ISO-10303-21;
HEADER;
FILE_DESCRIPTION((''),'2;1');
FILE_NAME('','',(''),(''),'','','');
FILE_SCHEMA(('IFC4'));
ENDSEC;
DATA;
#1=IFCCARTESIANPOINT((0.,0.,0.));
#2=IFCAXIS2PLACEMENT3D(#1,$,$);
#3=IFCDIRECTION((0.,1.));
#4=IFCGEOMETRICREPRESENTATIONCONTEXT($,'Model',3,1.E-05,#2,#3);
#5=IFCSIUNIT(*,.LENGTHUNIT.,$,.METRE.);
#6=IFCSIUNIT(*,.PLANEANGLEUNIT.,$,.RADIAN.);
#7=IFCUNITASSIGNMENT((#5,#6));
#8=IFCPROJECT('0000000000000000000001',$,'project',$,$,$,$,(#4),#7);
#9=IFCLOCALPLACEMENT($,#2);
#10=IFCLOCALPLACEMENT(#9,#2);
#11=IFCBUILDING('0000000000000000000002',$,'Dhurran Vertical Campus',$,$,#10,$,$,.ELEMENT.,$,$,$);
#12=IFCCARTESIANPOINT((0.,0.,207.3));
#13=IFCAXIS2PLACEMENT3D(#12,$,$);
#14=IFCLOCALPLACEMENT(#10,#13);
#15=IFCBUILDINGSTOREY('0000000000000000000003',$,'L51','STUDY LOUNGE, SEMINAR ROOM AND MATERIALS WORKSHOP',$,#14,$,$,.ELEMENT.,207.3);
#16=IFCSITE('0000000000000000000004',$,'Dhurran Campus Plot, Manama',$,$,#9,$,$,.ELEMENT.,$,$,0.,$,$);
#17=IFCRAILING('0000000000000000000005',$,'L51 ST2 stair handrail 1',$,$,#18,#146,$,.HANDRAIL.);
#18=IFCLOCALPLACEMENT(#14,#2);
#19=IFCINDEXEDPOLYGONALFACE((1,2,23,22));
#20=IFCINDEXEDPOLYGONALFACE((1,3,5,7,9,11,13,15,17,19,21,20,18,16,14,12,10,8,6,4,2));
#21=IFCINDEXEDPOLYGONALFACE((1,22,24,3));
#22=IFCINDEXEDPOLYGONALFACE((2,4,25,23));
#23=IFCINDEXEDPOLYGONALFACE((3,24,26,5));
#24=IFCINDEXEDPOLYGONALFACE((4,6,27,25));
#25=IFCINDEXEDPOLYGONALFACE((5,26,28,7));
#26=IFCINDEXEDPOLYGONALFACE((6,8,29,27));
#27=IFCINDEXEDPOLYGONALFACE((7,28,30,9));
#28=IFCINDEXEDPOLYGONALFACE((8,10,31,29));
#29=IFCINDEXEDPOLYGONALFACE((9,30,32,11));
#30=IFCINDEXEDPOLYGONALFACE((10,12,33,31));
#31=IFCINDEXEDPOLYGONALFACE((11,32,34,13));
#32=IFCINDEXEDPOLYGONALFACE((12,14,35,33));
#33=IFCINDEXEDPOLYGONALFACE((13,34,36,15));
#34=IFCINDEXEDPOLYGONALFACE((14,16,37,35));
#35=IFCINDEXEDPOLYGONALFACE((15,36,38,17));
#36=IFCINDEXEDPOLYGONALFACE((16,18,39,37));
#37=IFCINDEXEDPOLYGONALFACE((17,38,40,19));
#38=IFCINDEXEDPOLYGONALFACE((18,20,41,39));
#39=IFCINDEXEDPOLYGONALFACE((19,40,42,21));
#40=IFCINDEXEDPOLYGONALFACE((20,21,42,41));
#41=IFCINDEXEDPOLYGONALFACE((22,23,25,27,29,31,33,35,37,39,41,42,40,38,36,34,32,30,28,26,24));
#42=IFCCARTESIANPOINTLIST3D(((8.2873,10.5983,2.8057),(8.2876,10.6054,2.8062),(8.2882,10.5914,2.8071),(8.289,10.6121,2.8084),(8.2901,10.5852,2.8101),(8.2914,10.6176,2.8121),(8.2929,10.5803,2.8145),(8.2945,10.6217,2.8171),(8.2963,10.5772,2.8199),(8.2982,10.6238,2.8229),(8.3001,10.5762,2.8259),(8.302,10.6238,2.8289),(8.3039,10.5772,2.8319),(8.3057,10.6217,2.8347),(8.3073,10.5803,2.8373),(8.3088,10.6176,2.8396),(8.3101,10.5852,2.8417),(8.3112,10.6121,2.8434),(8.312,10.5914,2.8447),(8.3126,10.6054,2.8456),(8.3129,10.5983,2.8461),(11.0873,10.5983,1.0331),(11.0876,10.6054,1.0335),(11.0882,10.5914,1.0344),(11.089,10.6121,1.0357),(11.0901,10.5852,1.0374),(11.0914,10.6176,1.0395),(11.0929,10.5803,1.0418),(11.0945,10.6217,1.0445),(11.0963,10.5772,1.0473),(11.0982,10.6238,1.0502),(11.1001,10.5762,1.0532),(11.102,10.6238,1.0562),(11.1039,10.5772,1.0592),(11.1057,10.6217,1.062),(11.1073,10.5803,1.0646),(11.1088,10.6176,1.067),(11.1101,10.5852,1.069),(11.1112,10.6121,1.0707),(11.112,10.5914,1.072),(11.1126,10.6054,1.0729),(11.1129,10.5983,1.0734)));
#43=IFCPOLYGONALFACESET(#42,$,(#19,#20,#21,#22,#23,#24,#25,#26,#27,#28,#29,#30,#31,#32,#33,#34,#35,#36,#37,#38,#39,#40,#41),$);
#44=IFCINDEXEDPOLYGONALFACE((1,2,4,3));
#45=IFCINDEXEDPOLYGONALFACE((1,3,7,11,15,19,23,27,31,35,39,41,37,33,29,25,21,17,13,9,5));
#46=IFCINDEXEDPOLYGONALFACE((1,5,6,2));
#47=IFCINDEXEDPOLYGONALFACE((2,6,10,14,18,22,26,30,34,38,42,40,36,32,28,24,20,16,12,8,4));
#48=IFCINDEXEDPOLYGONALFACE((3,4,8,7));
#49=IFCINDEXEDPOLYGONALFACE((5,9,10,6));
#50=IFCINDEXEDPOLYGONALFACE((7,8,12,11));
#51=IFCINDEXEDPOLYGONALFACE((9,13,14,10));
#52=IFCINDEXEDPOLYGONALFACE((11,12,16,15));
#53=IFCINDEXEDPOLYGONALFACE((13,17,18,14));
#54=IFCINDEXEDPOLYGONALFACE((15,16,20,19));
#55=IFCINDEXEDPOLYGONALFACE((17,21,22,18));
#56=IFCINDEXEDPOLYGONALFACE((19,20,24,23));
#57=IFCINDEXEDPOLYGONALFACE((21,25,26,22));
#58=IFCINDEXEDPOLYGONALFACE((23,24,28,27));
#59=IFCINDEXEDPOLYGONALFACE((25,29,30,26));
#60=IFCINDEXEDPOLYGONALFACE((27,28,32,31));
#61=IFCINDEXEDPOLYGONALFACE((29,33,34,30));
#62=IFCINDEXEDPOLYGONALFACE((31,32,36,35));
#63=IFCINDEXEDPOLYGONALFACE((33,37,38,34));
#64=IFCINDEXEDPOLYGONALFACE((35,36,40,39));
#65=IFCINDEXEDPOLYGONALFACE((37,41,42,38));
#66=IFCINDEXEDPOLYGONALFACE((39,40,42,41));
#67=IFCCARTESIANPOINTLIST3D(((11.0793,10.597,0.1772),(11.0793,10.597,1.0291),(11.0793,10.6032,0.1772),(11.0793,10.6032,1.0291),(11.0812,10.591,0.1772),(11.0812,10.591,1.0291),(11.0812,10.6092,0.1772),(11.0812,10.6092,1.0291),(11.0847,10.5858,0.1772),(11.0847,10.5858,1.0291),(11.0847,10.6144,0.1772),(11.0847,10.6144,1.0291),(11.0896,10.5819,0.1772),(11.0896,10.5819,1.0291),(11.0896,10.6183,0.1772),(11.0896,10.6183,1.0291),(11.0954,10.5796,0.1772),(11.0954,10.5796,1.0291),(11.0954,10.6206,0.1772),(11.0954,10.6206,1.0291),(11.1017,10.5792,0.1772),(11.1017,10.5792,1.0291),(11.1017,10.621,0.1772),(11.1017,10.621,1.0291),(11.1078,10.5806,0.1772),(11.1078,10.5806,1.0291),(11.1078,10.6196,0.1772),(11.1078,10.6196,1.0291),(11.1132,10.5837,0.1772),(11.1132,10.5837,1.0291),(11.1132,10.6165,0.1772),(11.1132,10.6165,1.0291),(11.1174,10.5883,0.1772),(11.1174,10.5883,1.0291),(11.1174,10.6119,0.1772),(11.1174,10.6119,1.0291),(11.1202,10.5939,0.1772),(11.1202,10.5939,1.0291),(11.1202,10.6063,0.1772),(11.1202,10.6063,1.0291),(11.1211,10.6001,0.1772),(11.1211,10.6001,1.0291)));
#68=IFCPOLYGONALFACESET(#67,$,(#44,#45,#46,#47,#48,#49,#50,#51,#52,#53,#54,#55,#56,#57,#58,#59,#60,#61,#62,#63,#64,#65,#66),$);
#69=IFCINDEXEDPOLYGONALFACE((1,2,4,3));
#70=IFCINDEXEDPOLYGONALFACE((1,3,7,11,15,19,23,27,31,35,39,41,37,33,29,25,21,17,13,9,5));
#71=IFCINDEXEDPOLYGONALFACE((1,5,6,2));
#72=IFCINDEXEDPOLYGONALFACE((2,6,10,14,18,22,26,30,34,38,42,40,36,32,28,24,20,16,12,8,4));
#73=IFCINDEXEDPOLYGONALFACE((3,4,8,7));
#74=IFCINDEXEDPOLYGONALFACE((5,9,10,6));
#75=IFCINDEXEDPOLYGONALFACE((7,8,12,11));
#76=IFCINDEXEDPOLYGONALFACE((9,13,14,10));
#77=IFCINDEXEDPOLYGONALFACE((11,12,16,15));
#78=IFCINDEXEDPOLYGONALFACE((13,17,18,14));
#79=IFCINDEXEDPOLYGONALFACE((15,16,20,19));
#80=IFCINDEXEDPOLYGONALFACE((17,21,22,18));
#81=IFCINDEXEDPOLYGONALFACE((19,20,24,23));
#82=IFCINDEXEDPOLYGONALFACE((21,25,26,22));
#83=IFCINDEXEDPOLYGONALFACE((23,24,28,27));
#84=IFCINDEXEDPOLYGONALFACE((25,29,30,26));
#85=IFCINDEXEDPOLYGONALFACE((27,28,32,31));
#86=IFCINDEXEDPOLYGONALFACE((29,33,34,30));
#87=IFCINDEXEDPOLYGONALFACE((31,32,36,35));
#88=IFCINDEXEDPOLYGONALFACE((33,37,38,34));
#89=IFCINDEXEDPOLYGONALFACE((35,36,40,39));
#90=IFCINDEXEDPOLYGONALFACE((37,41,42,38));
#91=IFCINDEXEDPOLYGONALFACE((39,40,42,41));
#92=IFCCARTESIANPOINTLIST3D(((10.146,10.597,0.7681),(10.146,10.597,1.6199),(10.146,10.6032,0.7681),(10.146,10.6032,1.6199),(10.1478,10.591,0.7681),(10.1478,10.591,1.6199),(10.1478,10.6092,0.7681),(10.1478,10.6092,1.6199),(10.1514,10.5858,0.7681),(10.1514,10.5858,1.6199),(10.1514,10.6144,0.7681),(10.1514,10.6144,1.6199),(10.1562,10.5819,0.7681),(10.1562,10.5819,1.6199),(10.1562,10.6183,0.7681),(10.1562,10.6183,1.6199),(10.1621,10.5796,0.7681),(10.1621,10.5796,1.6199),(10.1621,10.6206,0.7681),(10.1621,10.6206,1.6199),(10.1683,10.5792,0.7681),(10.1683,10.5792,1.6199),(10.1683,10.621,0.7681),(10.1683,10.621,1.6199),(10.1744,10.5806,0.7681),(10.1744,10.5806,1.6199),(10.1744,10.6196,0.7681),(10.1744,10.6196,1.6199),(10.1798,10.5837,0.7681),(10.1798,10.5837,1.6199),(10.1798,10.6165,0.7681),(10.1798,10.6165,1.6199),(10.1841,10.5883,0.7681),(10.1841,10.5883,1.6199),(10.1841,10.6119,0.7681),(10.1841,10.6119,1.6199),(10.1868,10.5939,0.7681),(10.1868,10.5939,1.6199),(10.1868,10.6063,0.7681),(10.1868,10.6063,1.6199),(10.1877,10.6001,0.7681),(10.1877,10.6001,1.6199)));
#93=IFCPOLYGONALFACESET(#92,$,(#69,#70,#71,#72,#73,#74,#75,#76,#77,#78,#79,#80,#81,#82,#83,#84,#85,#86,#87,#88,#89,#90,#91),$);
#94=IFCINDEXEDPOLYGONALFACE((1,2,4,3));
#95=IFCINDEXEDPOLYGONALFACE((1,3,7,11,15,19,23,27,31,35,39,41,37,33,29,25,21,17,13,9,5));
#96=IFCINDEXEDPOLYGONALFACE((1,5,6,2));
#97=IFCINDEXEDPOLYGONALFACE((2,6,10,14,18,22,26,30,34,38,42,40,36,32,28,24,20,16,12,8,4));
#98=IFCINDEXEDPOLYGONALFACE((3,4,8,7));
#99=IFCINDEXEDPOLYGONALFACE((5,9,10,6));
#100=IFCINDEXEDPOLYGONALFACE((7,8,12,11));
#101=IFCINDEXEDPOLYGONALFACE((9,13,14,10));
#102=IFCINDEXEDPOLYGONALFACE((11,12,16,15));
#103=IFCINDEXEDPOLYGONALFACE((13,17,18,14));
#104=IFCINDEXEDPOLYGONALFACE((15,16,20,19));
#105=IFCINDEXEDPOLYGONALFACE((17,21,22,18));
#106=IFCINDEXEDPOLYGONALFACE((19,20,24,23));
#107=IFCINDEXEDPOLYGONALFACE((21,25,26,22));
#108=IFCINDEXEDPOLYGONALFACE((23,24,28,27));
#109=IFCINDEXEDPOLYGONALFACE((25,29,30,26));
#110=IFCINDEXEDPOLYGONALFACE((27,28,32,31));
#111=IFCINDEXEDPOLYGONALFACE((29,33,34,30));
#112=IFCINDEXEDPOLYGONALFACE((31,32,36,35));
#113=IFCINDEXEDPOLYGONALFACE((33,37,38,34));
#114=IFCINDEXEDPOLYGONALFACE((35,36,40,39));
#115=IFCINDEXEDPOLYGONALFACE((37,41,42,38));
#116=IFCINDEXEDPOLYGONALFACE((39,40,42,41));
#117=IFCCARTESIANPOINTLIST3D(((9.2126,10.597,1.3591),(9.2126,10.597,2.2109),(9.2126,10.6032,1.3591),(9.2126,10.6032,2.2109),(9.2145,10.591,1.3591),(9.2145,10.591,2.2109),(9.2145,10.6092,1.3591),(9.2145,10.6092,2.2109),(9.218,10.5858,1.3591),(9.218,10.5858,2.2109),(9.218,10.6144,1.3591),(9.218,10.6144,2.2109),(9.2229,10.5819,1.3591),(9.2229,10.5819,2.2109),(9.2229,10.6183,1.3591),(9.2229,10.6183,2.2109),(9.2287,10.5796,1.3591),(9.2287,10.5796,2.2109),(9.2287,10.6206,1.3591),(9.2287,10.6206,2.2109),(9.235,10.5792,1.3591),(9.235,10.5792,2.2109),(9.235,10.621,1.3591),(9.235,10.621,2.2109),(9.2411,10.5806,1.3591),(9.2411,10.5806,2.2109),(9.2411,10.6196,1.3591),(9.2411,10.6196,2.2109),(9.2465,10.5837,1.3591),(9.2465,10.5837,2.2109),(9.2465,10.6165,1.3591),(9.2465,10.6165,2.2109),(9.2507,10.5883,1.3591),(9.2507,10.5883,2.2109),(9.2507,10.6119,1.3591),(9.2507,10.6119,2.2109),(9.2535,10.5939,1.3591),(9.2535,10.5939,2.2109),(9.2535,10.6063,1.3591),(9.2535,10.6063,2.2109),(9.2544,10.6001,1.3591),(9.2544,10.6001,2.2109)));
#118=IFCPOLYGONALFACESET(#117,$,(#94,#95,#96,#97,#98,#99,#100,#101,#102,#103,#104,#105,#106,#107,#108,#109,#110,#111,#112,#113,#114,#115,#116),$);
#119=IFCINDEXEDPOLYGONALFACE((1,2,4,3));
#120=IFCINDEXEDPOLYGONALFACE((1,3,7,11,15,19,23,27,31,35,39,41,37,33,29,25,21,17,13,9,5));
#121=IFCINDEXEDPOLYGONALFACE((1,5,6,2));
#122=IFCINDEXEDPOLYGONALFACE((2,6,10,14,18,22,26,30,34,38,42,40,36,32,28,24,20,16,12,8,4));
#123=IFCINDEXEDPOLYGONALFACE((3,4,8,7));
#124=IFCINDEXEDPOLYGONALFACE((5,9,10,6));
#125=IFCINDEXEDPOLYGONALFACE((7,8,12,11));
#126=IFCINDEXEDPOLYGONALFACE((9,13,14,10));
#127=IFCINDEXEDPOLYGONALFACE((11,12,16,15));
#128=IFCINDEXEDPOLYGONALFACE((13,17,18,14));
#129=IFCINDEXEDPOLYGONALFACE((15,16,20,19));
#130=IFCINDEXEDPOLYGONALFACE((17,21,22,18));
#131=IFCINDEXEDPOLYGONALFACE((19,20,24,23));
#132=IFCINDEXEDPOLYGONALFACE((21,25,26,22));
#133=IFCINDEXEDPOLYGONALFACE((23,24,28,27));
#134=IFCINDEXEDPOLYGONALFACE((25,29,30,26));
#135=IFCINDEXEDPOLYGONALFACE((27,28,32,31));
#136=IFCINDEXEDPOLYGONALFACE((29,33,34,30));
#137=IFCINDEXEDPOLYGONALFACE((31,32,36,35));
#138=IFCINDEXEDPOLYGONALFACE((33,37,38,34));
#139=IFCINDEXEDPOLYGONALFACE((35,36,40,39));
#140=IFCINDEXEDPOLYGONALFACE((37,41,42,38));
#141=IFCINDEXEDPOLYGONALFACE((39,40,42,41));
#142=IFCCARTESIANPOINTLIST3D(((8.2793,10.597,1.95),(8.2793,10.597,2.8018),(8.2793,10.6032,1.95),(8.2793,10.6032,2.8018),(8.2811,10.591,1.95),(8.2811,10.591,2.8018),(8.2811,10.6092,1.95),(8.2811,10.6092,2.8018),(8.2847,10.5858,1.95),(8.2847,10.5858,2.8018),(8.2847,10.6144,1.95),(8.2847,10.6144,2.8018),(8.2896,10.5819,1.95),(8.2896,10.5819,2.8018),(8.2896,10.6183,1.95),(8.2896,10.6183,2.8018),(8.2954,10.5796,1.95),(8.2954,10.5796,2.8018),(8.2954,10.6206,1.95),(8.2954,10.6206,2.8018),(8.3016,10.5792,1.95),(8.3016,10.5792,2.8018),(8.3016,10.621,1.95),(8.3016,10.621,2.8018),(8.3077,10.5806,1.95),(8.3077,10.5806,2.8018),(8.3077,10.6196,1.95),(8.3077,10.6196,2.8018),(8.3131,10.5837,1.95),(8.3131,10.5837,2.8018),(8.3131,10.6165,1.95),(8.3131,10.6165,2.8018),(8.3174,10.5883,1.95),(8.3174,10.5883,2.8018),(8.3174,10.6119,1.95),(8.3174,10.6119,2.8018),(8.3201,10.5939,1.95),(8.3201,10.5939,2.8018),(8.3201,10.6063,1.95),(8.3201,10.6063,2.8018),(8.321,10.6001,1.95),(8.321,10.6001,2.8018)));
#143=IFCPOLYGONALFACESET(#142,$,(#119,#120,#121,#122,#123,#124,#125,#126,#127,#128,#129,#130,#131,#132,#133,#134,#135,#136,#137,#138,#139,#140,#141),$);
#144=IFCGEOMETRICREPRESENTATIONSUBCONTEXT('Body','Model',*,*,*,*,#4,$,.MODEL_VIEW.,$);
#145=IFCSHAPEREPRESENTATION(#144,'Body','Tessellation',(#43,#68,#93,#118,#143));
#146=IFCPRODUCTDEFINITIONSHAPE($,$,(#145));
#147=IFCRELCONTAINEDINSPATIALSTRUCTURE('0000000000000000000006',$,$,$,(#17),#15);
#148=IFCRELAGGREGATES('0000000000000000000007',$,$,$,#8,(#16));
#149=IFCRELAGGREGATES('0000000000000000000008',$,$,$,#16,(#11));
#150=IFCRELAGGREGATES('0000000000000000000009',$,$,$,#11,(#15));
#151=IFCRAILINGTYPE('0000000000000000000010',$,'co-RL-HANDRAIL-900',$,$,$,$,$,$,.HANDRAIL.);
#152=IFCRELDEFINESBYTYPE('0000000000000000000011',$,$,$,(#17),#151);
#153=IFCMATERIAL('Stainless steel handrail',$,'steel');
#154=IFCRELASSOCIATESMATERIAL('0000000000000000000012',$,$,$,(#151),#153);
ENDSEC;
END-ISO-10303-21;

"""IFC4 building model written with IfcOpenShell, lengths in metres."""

from ifc_helpers import new_model, si_unit, direction, frame, origin, origin_2d, place, context, subcontext, project, spatial, circle, extrude, material, type_object, element, save


model = new_model("IFC4")

# Units and contexts
model_context = context("Model", 3, precision=1e-05, world=origin(), true_north=direction((0.0, 1.0)))
body_context = subcontext(model_context, "Body", "Model", "MODEL_VIEW")
ifc_project = project(units=[si_unit("LENGTHUNIT", "METRE"), si_unit("PLANEANGLEUNIT", "RADIAN")], contexts=[model_context])

# Site, building, storey
site_placement = place(None, origin())
site = spatial("IfcSite", under=ifc_project, at=site_placement, Name="Dhurran Campus Plot, Manama", CompositionType="ELEMENT", RefElevation=0.0)
building_placement = place(site_placement, origin())
building = spatial("IfcBuilding", under=site, at=building_placement, Name="Dhurran Vertical Campus", CompositionType="ELEMENT")
storey_placement = place(building_placement, frame((0.0, 0.0, 207.3)))
storey = spatial("IfcBuildingStorey", under=building, at=storey_placement, Name="L51", Description="STUDY LOUNGE, SEMINAR ROOM AND MATERIALS WORKSHOP", CompositionType="ELEMENT", Elevation=207.3)

# Railing
ifc_material_1 = material(Name="Stainless steel handrail", Category="steel")
railing_type_1 = type_object("IfcRailingType", Name="co-RL-HANDRAIL-900", PredefinedType="HANDRAIL", material=ifc_material_1)
railing_1_placement = place(storey_placement, frame((11.1001, 10.6001, 0.1772)))
element("IfcRailing", 1, at=railing_1_placement, inside=storey, type_object=railing_type_1, Name="L51 ST2 stair handrail 1", PredefinedType="HANDRAIL", context=body_context, shape_type="SweptSolid", body=[
    extrude(circle(Radius=0.0239, at=origin_2d()), frame((0.0, 0.0, 0.876), z_axis=(-0.844909, 0.0, 0.53491), x_axis=(0.0, -1.0, 0.0)), (0.0, 0.0, 1.0), 3.314),
    extrude(circle(Radius=0.021, at=origin_2d()), origin(), (0.0, 0.0, 1.0), 0.8518),
    extrude(circle(Radius=0.021, at=origin_2d()), frame((-0.9333, 0.0, 0.5908)), (0.0, 0.0, 1.0), 0.8518),
    extrude(circle(Radius=0.021, at=origin_2d()), frame((-1.8667, 0.0, 1.1819)), (0.0, 0.0, 1.0), 0.8518),
    extrude(circle(Radius=0.021, at=origin_2d()), frame((-2.8, 0.0, 1.7727)), (0.0, 0.0, 1.0), 0.8518),
])

save(model, "model.ifc")
